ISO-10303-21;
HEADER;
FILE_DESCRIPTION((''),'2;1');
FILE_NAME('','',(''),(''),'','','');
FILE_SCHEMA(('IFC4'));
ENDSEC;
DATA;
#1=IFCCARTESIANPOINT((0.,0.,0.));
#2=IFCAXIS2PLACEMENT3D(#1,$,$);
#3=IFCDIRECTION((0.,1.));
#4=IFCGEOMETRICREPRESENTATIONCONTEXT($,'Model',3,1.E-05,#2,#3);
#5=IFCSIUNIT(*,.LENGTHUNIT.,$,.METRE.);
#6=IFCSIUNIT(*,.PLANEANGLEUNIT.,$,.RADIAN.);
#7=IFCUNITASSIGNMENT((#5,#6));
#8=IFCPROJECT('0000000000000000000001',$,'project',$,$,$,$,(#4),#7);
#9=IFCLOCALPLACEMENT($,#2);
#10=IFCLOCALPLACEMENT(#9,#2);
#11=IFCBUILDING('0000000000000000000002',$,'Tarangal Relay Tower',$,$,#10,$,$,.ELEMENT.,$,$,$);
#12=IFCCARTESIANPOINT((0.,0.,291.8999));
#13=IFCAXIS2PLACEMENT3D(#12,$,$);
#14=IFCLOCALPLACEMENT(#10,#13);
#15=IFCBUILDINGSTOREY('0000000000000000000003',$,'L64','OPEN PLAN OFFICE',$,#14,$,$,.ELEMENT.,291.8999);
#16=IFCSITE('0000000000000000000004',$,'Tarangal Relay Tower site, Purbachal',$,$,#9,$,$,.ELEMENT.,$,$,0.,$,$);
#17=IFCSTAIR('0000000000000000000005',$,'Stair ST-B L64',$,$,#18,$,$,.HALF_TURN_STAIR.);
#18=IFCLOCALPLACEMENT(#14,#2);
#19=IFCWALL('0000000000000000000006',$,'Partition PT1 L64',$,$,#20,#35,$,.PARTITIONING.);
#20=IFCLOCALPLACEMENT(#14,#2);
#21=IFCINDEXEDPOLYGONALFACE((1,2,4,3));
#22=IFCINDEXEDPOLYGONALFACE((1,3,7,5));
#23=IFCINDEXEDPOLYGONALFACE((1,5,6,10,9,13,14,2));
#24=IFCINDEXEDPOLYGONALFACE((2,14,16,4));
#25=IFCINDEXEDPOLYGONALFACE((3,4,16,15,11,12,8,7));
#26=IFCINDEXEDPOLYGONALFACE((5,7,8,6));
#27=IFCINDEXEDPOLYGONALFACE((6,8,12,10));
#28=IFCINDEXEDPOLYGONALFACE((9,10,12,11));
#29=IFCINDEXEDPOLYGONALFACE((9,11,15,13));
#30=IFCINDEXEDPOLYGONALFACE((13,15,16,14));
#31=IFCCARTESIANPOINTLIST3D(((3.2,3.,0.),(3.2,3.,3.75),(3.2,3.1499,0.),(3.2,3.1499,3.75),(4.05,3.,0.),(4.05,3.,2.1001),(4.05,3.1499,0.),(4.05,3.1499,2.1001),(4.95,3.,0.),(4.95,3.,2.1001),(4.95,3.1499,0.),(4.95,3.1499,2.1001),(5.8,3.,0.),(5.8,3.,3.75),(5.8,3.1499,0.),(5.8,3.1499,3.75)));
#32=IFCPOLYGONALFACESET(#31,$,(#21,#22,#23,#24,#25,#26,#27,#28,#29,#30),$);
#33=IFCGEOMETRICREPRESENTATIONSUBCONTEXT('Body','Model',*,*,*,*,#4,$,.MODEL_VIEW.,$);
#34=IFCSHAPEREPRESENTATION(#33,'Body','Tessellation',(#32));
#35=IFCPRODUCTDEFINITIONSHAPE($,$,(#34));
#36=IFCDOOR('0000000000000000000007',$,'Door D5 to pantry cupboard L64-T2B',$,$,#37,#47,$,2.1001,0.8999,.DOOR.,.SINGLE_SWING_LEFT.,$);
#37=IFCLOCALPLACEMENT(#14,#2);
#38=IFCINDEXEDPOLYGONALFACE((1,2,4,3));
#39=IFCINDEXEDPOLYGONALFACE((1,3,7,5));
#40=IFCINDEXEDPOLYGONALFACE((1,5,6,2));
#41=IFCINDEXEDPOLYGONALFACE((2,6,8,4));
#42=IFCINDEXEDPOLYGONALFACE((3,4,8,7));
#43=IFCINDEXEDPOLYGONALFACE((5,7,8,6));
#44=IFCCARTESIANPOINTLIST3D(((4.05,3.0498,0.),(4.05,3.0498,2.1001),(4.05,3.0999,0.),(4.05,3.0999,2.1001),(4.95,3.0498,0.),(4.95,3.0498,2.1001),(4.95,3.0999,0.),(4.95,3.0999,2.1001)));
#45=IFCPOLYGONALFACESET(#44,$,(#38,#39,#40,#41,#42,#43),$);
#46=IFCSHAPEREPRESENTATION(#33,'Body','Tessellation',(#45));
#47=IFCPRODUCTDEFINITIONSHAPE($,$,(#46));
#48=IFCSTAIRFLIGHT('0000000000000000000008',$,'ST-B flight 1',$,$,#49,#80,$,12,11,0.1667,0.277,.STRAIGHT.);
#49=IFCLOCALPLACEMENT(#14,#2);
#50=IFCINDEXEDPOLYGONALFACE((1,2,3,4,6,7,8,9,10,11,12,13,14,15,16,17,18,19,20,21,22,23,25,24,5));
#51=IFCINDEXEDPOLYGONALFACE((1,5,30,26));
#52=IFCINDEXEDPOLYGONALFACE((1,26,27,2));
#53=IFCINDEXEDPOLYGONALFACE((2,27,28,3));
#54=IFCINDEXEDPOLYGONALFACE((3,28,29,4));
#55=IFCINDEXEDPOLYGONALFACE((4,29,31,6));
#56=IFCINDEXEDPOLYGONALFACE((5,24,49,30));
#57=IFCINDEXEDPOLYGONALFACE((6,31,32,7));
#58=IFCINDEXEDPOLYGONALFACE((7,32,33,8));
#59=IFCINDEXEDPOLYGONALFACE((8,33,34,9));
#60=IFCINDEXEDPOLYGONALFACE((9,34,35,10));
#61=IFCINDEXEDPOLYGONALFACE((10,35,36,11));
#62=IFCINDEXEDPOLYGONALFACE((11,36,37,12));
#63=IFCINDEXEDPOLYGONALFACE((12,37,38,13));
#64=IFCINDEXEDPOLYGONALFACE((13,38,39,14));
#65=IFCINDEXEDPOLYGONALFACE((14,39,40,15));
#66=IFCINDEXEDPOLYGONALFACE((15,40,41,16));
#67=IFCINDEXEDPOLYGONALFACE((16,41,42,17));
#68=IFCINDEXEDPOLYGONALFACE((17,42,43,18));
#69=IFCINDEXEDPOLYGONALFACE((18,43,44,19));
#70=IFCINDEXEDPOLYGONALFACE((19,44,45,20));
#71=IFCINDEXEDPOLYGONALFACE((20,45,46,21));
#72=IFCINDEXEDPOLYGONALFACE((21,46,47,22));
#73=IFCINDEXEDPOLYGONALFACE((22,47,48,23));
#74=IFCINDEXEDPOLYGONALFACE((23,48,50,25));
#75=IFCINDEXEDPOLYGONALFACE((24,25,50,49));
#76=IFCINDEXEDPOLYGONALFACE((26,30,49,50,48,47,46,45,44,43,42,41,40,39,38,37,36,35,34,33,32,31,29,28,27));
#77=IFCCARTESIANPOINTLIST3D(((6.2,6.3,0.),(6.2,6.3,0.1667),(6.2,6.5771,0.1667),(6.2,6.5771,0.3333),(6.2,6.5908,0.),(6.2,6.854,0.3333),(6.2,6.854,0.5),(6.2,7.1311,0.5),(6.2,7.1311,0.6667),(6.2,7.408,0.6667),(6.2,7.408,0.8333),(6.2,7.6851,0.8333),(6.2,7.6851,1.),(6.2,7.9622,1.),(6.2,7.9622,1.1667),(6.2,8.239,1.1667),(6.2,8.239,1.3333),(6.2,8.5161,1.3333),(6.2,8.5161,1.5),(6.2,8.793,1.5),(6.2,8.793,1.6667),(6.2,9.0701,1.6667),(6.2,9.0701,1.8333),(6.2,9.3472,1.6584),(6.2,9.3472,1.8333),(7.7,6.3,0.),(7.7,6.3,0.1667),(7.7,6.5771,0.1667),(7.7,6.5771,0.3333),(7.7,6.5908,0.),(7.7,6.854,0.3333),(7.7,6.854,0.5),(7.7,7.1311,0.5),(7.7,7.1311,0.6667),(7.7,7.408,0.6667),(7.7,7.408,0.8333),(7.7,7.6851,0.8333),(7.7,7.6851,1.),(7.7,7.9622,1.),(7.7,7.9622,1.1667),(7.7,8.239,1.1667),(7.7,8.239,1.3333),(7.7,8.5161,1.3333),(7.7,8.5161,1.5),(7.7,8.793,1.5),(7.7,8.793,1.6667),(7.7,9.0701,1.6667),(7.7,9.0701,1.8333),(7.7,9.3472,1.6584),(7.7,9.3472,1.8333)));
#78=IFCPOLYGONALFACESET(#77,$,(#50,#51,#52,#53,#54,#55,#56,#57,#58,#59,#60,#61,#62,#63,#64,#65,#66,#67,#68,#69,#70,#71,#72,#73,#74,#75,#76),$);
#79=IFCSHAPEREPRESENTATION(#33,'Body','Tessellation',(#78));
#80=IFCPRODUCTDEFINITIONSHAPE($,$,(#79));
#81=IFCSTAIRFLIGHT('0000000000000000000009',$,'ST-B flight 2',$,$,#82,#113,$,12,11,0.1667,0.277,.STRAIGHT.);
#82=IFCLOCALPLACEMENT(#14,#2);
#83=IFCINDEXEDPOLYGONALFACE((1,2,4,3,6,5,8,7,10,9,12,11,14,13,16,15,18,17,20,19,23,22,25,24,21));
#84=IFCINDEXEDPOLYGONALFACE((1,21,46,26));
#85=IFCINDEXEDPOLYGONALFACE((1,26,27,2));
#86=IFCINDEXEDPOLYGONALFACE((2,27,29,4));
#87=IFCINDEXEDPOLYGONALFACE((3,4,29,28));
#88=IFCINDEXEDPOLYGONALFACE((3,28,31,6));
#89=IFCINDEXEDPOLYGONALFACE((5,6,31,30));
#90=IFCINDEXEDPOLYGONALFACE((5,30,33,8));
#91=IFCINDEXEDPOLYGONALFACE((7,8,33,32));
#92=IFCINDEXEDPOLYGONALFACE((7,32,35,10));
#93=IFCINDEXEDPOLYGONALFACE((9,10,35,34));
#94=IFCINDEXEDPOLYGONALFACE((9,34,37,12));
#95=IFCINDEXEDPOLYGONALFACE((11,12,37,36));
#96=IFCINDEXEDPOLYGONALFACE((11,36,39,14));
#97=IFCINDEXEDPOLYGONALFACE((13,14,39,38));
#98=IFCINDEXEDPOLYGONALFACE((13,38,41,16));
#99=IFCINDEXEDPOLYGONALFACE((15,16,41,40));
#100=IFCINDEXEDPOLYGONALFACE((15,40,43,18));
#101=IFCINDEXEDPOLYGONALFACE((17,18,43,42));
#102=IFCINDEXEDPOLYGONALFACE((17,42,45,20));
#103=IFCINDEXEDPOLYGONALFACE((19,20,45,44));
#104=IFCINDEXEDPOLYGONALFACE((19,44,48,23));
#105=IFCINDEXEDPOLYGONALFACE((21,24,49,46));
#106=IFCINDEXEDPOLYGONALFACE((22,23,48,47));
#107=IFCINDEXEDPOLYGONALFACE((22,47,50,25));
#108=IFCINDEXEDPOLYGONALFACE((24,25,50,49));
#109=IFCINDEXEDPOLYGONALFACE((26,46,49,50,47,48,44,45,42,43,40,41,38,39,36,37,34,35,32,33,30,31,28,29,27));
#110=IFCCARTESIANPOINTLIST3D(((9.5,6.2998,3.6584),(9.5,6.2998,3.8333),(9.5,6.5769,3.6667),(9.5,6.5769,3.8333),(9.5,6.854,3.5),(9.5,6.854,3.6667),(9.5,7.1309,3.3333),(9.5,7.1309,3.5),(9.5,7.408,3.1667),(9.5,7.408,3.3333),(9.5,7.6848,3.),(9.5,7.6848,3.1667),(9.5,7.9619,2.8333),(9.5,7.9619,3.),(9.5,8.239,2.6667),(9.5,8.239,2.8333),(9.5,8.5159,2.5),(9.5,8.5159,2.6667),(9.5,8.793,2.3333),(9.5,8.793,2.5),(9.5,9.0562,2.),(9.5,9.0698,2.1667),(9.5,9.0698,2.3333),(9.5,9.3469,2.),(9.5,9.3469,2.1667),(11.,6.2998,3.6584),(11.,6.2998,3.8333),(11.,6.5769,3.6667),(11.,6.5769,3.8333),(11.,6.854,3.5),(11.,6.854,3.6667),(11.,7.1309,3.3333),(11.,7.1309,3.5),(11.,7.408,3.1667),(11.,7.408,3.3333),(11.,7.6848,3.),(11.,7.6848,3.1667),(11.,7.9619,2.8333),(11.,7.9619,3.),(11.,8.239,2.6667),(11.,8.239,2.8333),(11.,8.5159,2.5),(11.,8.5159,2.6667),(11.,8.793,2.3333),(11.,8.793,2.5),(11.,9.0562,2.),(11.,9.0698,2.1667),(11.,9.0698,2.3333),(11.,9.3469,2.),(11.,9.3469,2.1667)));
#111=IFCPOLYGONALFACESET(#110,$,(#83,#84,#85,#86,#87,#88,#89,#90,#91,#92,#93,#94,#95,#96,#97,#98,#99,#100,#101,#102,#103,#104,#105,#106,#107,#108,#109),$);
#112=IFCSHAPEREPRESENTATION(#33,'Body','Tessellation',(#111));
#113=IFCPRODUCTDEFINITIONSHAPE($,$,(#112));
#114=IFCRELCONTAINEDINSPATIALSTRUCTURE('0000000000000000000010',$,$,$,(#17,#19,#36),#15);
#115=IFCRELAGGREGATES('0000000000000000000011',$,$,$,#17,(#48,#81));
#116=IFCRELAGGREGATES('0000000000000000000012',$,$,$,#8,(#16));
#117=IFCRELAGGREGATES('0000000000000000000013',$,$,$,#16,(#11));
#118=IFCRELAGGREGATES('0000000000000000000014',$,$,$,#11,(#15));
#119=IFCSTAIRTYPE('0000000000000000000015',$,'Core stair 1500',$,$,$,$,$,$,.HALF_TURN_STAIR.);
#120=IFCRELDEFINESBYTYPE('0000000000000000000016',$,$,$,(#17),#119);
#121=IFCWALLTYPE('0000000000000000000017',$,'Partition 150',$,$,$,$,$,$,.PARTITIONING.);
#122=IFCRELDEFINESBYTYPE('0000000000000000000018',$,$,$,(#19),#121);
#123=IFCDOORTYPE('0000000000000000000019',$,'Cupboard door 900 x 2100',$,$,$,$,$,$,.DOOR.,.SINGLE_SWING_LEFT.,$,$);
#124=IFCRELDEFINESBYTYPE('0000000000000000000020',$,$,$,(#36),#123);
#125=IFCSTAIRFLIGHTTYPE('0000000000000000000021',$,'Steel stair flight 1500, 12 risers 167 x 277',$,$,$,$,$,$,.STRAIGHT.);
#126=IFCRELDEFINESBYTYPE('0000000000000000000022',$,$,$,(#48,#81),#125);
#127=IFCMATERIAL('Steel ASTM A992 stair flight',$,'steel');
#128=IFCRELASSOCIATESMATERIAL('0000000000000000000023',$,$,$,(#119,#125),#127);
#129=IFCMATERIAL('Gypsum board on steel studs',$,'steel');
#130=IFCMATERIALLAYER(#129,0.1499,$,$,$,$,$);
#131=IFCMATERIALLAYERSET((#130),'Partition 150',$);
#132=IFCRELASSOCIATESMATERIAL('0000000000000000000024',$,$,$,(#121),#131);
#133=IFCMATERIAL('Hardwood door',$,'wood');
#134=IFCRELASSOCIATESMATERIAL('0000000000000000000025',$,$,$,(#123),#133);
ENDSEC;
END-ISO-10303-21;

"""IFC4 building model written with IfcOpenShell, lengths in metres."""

from ifc_helpers import new_model, si_unit, direction, frame, frame_2d, origin, place, context, subcontext, project, spatial, polyline, rectangle, outline, extrude, material, layer, layer_set, type_object, element, fill, aggregate, save


model = new_model("IFC4")

# Units and contexts
model_context = context("Model", 3, precision=1e-05, world=origin(), true_north=direction((0.0, 1.0)))
body_context = subcontext(model_context, "Body", "Model", "MODEL_VIEW")
ifc_project = project(units=[si_unit("LENGTHUNIT", "METRE"), si_unit("PLANEANGLEUNIT", "RADIAN")], contexts=[model_context])

# Site, building, storey
site_placement = place(None, origin())
site = spatial("IfcSite", under=ifc_project, at=site_placement, Name="Tarangal Relay Tower site, Purbachal", CompositionType="ELEMENT", RefElevation=0.0)
building_placement = place(site_placement, origin())
building = spatial("IfcBuilding", under=site, at=building_placement, Name="Tarangal Relay Tower", CompositionType="ELEMENT")
storey_placement = place(building_placement, frame((0.0, 0.0, 291.8999)))
storey = spatial("IfcBuildingStorey", under=building, at=storey_placement, Name="L64", Description="OPEN PLAN OFFICE", CompositionType="ELEMENT", Elevation=291.8999)

# Stair
ifc_material_1 = material(Name="Steel ASTM A992 stair flight", Category="steel")
stair_type = type_object("IfcStairType", Name="Core stair 1500", PredefinedType="HALF_TURN_STAIR", material=ifc_material_1)
stair_1_placement = place(storey_placement, origin())
stair_1 = element("IfcStair", 1, at=stair_1_placement, inside=storey, type_object=stair_type, Name="Stair ST-B L64", PredefinedType="HALF_TURN_STAIR")

# Wall, opening, door
ifc_material_2 = material(Name="Gypsum board on steel studs", Category="steel")
ifc_layer_1 = layer(ifc_material_2, 0.1499)
ifc_layer_set_1 = layer_set([ifc_layer_1], Name="Partition 150")
wall_type_1 = type_object("IfcWallType", Name="Partition 150", PredefinedType="PARTITIONING", material=ifc_layer_set_1)
wall_1_placement = place(storey_placement, frame((3.2, 3.075, 0.0), z_axis=(0.0, 0.0, 1.0), x_axis=(1.0, 0.0, 0.0)))
wall_1 = element("IfcWall", 2, at=wall_1_placement, inside=storey, type_object=wall_type_1, Name="Partition PT1 L64", PredefinedType="PARTITIONING", context=body_context, shape_type="SweptSolid", body=[
    extrude(rectangle(XDim=2.6001, YDim=0.1499, at=frame_2d((1.3, 0.0))), origin(), (0.0, 0.0, 1.0), 3.75),
])
opening_1_placement = place(wall_1_placement, frame((0.8501, 0.0, 0.0)))
opening_1 = element("IfcOpeningElement", 3, at=opening_1_placement, cuts=wall_1, PredefinedType="OPENING", context=body_context, shape_type="SweptSolid", body=[
    extrude(rectangle(XDim=0.8999, YDim=2.1001, at=frame_2d((0.45, 1.05))), frame((0.0, 0.085, 0.0), z_axis=(0.0, -1.0, 0.0), x_axis=(1.0, 0.0, 0.0)), (0.0, 0.0, 1.0), 0.1699),
])
ifc_material_3 = material(Name="Hardwood door", Category="wood")
door_type_1 = type_object("IfcDoorType", Name="Cupboard door 900 x 2100", OperationType="SINGLE_SWING_LEFT", PredefinedType="DOOR", material=ifc_material_3)
door_1_placement = place(opening_1_placement, origin())
door_1 = element("IfcDoor", 4, at=door_1_placement, inside=storey, type_object=door_type_1, Name="Door D5 to pantry cupboard L64-T2B", OperationType="SINGLE_SWING_LEFT", OverallHeight=2.1001, OverallWidth=0.8999, PredefinedType="DOOR", context=body_context, shape_type="SweptSolid", body=[
    extrude(rectangle(XDim=0.8999, YDim=2.1001, at=frame_2d((0.45, 1.05))), frame((0.0, 0.0249, 0.0), z_axis=(0.0, -1.0, 0.0), x_axis=(1.0, 0.0, 0.0)), (0.0, 0.0, 1.0), 0.05),
])
fill(opening_1, door_1)

# Stair flights
stair_flight_type = type_object("IfcStairFlightType", Name="Steel stair flight 1500, 12 risers 167 x 277", PredefinedType="STRAIGHT", material=ifc_material_1)
stair_flight_1_placement = place(storey_placement, frame((6.95, 6.3, 0.0), z_axis=(0.0, 0.0, 1.0), x_axis=(0.0, 1.0, 0.0)))
stair_flight_1 = element("IfcStairFlight", 5, at=stair_flight_1_placement, type_object=stair_flight_type, Name="ST-B flight 1", NumberOfRisers=12, NumberOfTreads=11, PredefinedType="STRAIGHT", RiserHeight=0.1667, TreadLength=0.277, context=body_context, shape_type="SweptSolid", body=[
    extrude(outline(polyline([(0.0, 0.0), (0.0, 0.1667), (0.2771, 0.1667), (0.2771, 0.3333), (0.554, 0.3333), (0.554, 0.5), (0.8311, 0.5), (0.8311, 0.6667), (1.1079, 0.6667), (1.1079, 0.8333), (1.385, 0.8333), (1.385, 1.0), (1.6621, 1.0), (1.6621, 1.1667), (1.939, 1.1667), (1.939, 1.3333), (2.2161, 1.3333), (2.2161, 1.5), (2.4929, 1.5), (2.4929, 1.6667), (2.77, 1.6667), (2.77, 1.8333), (3.0471, 1.8333), (3.0471, 2.0), (3.0471, 1.6584), (0.2908, 0.0), (0.0, 0.0)])), frame((0.0, 0.75, 0.0), z_axis=(0.0, -1.0, 0.0), x_axis=(1.0, 0.0, 0.0)), (0.0, 0.0, 1.0), 1.5),
])
stair_flight_2_placement = place(storey_placement, frame((10.25, 9.3469, 2.0), z_axis=(0.0, 0.0, 1.0), x_axis=(0.0, -1.0, 0.0)))
stair_flight_2 = element("IfcStairFlight", 6, at=stair_flight_2_placement, type_object=stair_flight_type, Name="ST-B flight 2", NumberOfRisers=12, NumberOfTreads=11, PredefinedType="STRAIGHT", RiserHeight=0.1667, TreadLength=0.277, context=body_context, shape_type="SweptSolid", body=[
    extrude(outline(polyline([(0.0, 0.0), (0.0, 0.1667), (0.2771, 0.1667), (0.2771, 0.3333), (0.554, 0.3333), (0.554, 0.5), (0.8311, 0.5), (0.8311, 0.6667), (1.1079, 0.6667), (1.1079, 0.8333), (1.385, 0.8333), (1.385, 1.0), (1.6621, 1.0), (1.6621, 1.1667), (1.939, 1.1667), (1.939, 1.3333), (2.2161, 1.3333), (2.2161, 1.5), (2.4929, 1.5), (2.4929, 1.6667), (2.77, 1.6667), (2.77, 1.8333), (3.0471, 1.8333), (3.0471, 2.0), (3.0471, 1.6584), (0.2908, 0.0), (0.0, 0.0)])), frame((0.0, 0.75, 0.0), z_axis=(0.0, -1.0, 0.0), x_axis=(1.0, 0.0, 0.0)), (0.0, 0.0, 1.0), 1.5),
])
aggregate(stair_1, [stair_flight_1, stair_flight_2])

save(model, "model.ifc")
